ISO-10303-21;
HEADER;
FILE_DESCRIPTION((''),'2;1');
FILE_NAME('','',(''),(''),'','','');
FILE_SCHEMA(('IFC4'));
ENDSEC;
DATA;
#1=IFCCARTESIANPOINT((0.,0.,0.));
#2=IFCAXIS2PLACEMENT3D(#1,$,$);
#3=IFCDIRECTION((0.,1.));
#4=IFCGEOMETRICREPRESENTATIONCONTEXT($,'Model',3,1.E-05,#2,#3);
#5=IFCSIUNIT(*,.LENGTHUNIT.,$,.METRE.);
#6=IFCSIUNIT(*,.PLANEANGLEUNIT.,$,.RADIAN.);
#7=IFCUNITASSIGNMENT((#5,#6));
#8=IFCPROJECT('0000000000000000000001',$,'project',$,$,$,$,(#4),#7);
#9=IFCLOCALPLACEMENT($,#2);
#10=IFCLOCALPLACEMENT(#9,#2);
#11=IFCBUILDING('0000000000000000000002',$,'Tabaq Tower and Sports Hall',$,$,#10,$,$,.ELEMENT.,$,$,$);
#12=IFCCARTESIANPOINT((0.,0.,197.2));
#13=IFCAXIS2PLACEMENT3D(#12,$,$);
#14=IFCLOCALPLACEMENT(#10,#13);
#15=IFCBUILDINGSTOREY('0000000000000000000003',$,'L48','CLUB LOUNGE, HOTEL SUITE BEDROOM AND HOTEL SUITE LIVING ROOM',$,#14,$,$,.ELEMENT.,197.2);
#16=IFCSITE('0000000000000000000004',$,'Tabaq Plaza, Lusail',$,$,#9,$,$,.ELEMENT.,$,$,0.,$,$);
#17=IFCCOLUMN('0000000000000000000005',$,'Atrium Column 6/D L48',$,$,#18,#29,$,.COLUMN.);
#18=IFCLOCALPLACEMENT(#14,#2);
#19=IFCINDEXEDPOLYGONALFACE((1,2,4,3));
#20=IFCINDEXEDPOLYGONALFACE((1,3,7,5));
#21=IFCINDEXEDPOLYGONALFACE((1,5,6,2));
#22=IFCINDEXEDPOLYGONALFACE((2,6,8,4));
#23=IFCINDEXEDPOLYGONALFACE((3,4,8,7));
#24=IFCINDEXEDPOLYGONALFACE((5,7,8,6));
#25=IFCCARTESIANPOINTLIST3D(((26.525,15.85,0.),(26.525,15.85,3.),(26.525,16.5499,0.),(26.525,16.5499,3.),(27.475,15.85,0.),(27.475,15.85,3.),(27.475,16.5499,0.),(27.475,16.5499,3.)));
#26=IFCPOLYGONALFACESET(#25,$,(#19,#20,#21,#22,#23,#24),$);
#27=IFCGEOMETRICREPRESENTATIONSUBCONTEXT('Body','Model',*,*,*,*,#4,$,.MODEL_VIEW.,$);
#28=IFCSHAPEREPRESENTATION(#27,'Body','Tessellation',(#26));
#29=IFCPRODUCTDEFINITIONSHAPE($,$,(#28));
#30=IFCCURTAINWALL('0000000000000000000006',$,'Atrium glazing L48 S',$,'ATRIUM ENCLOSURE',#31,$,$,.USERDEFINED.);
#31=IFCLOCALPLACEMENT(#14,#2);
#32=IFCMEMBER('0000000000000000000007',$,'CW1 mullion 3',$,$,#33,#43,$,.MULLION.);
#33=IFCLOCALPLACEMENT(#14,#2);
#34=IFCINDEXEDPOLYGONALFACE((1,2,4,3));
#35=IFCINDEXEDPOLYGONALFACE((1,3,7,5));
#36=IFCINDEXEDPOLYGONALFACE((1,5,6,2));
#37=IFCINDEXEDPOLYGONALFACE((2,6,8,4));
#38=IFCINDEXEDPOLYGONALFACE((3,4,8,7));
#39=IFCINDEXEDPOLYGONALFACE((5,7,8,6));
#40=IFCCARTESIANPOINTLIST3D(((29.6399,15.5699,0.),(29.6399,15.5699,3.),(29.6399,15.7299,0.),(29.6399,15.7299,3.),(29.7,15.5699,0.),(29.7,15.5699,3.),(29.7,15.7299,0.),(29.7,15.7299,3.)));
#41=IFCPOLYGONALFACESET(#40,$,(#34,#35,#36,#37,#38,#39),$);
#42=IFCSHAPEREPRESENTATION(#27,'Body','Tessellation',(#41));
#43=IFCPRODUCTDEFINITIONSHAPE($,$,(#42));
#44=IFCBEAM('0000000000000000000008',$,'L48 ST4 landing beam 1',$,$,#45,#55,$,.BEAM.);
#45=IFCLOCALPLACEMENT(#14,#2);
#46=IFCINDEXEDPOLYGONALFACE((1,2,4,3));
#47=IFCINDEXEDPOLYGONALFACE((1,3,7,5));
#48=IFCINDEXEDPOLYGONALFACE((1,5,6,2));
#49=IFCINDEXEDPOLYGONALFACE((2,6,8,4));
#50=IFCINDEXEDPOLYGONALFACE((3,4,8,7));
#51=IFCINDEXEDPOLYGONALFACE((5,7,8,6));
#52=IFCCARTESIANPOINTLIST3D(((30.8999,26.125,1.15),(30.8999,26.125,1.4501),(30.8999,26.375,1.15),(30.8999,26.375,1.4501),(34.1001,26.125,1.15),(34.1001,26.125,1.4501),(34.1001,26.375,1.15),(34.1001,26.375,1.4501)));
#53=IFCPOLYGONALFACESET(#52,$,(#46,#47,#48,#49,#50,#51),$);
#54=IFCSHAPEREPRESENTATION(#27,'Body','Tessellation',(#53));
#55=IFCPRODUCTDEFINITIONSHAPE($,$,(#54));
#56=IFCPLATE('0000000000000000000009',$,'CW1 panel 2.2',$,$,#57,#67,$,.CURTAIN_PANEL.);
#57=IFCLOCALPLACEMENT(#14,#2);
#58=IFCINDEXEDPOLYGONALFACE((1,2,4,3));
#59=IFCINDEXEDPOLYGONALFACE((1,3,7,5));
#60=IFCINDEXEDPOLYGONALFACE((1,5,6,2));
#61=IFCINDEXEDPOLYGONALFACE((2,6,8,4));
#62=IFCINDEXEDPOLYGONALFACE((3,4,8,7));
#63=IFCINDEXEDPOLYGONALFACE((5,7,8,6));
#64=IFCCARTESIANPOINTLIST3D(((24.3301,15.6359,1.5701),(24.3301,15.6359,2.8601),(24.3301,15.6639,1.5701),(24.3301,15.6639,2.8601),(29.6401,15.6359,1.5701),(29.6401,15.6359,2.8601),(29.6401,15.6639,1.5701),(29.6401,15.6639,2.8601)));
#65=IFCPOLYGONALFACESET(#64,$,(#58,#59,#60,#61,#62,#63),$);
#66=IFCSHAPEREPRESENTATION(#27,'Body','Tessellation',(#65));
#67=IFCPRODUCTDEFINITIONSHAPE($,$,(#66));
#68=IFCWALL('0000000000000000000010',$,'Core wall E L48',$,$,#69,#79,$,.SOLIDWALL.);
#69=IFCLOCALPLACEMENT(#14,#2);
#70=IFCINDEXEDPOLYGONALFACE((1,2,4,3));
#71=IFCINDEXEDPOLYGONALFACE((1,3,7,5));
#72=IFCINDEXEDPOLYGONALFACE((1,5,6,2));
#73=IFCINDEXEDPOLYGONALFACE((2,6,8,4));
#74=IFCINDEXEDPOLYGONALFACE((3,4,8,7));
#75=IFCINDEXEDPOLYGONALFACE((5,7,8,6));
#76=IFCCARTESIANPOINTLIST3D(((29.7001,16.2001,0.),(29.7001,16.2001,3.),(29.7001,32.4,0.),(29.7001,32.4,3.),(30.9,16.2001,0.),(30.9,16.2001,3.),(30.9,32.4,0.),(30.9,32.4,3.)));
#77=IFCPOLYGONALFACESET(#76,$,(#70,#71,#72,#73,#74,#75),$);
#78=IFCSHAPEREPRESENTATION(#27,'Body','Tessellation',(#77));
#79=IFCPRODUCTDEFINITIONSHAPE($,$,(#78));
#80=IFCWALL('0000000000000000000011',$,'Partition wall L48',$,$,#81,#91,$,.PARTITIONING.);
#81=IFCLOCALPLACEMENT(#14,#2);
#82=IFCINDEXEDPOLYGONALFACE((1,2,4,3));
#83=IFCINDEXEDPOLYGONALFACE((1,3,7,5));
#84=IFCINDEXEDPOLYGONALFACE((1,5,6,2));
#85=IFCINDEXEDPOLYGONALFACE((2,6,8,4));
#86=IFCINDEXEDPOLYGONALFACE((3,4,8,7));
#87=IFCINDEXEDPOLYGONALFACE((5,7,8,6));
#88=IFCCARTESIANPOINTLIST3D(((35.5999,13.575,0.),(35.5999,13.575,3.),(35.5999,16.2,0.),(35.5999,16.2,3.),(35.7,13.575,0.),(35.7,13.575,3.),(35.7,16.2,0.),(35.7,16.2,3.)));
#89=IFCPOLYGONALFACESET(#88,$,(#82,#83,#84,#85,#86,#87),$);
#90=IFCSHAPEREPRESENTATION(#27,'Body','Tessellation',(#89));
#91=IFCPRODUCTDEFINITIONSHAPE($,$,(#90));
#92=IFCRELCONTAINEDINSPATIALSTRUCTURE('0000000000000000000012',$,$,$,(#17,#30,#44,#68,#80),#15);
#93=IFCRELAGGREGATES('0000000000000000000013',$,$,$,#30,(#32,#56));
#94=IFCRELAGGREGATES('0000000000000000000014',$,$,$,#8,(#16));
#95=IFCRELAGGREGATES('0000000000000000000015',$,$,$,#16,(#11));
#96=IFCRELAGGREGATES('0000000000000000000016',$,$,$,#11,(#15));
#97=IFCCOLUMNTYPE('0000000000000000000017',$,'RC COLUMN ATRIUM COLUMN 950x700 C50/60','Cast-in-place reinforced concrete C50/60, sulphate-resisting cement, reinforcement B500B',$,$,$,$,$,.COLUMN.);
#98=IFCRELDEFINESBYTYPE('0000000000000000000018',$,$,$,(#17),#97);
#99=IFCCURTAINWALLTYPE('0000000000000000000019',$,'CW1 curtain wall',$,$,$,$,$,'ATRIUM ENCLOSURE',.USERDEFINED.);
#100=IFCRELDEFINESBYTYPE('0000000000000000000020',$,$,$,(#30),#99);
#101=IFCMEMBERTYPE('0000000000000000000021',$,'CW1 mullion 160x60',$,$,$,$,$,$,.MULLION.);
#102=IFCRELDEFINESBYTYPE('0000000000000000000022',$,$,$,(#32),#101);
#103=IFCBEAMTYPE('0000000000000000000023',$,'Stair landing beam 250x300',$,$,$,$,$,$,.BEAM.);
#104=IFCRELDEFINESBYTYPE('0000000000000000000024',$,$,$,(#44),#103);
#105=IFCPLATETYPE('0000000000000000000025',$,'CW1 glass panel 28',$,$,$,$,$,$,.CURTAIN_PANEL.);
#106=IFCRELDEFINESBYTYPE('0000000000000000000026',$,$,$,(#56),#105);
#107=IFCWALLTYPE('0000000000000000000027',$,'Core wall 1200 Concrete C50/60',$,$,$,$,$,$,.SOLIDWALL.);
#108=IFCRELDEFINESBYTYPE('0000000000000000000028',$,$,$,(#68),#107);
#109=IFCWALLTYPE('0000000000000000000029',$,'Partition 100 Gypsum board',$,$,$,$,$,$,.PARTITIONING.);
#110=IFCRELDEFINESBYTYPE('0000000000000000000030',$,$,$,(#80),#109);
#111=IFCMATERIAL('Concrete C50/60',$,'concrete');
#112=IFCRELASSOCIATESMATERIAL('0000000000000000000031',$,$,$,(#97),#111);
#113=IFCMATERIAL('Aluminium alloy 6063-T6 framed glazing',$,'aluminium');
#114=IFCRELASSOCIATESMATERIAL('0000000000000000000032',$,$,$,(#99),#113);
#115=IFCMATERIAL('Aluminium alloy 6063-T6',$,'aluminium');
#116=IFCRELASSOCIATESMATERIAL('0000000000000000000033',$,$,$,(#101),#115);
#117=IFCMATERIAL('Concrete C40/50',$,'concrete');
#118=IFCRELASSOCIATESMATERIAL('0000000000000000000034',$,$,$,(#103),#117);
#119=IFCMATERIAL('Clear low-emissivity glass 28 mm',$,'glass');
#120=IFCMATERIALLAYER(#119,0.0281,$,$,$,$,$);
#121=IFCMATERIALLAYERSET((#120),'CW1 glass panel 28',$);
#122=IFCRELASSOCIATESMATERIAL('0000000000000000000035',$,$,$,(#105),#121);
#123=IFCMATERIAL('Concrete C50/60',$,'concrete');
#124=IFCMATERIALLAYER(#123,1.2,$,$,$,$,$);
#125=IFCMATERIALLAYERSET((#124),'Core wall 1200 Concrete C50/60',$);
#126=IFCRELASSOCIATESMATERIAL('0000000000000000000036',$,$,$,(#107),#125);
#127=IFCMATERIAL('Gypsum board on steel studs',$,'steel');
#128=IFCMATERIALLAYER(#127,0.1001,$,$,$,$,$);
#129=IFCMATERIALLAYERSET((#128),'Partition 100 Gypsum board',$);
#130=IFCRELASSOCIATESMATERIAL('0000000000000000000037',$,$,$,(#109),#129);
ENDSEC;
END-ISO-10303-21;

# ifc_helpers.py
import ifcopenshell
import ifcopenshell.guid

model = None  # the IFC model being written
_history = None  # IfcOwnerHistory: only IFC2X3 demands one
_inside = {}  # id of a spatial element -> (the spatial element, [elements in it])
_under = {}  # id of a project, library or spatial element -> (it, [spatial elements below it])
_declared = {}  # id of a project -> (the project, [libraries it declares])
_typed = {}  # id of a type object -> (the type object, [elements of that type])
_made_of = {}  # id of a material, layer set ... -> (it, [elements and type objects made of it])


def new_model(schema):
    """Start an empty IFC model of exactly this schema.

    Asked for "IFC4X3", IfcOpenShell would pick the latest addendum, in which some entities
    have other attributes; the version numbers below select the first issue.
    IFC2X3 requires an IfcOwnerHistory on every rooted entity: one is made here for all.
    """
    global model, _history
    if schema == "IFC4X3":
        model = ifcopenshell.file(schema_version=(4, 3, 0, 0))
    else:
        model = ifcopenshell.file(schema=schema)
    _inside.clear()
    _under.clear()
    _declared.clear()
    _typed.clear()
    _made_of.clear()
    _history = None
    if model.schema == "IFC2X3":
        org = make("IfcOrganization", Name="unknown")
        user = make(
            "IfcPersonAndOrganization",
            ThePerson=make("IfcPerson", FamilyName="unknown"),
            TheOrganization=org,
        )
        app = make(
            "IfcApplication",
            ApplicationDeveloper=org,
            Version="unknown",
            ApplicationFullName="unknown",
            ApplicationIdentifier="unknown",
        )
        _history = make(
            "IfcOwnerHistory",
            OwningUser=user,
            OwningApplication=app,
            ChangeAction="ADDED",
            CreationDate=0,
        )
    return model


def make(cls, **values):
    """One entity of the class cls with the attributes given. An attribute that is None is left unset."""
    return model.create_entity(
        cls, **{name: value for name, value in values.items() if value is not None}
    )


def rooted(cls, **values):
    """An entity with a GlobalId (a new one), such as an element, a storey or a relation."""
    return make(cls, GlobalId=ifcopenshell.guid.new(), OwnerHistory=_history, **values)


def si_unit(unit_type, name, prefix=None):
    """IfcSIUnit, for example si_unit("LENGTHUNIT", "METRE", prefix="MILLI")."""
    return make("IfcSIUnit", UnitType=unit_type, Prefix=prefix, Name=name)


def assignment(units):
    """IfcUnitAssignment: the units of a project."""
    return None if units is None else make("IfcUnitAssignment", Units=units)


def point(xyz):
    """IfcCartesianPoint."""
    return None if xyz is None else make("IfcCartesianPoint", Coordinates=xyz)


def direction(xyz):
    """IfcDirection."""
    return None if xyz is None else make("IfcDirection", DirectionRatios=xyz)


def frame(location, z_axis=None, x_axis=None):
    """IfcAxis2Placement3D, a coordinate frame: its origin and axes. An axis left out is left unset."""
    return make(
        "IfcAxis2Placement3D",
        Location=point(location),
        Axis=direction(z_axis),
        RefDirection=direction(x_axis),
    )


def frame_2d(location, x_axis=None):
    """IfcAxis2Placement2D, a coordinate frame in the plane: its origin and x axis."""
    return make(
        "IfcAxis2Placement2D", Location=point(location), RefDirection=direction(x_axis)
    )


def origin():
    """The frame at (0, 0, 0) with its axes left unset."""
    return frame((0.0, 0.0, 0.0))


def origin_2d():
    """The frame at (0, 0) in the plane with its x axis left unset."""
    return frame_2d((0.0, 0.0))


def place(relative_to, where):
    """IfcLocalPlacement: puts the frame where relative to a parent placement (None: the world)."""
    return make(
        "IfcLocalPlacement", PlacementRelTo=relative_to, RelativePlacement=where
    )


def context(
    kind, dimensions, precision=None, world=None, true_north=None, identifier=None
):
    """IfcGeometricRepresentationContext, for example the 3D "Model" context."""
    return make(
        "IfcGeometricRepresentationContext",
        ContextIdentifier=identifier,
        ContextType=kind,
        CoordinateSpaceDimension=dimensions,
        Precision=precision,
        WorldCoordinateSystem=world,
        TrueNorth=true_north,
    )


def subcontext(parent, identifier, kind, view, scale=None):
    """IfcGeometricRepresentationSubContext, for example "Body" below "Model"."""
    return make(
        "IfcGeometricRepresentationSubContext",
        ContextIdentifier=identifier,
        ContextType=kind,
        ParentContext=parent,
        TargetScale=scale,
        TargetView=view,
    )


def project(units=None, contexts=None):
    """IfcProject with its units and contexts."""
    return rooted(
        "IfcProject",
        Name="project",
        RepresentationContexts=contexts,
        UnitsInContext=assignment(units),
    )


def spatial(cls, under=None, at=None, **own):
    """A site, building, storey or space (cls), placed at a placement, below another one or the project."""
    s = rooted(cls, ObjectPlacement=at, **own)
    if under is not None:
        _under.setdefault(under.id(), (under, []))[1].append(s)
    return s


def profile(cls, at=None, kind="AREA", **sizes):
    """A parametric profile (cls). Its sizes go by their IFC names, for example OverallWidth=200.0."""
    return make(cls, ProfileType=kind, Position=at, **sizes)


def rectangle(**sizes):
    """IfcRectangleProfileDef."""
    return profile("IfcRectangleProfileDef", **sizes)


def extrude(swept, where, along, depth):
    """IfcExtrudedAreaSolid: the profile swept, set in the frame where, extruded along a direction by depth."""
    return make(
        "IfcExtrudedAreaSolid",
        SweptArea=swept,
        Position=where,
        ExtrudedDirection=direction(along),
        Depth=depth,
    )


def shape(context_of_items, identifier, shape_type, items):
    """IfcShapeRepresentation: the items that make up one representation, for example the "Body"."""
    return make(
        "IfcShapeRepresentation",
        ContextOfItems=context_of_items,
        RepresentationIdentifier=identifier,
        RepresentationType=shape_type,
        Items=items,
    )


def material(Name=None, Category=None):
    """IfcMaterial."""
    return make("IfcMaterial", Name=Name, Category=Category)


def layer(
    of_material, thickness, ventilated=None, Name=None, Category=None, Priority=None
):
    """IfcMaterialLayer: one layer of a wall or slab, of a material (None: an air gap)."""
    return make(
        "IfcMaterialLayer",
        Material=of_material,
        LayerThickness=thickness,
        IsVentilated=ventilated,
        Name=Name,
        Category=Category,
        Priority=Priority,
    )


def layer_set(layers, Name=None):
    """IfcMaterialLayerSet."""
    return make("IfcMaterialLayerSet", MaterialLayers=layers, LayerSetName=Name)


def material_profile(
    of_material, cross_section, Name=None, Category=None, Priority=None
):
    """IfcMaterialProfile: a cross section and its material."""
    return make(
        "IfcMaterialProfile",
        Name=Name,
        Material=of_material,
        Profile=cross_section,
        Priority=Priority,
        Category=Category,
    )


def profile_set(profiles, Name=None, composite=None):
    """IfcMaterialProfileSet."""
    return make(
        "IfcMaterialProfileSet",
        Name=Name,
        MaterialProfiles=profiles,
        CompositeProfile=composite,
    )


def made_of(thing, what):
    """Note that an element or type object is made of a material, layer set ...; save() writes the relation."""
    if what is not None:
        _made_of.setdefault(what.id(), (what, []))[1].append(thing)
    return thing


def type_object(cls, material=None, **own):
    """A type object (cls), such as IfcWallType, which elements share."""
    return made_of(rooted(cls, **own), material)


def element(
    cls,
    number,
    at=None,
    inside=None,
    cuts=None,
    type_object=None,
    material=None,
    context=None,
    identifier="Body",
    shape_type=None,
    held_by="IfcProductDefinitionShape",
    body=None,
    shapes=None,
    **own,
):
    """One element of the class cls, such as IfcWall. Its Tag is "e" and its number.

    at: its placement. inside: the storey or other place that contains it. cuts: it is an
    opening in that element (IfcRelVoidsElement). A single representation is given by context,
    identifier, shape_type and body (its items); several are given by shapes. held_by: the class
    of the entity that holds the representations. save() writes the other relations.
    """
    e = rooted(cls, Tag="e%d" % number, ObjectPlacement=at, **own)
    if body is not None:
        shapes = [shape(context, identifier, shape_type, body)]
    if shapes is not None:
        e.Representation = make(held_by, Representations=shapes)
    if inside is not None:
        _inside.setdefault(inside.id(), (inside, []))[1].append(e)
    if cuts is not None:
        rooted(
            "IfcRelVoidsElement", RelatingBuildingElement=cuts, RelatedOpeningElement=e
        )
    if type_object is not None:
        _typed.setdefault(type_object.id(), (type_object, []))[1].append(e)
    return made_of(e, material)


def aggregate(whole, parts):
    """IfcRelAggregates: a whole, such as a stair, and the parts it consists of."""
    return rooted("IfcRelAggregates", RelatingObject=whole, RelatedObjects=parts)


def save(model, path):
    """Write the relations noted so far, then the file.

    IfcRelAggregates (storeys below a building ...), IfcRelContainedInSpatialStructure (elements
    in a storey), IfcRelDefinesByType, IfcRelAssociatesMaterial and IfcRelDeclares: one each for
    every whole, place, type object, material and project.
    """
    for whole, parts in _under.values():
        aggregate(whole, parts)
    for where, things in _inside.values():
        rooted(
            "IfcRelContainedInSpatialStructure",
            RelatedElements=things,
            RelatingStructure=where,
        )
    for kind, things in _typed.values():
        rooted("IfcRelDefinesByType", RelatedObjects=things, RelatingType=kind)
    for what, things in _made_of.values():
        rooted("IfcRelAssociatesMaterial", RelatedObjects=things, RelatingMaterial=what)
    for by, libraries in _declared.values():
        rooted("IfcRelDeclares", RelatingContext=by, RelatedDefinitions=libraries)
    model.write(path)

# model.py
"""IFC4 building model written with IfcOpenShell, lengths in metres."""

from ifc_helpers import new_model, si_unit, direction, frame, frame_2d, origin, origin_2d, place, context, subcontext, project, spatial, rectangle, extrude, material, layer, layer_set, material_profile, profile_set, type_object, element, aggregate, save


model = new_model("IFC4")

# Units and contexts
model_context = context("Model", 3, precision=1e-05, world=origin(), true_north=direction((0.0, 1.0)))
body_context = subcontext(model_context, "Body", "Model", "MODEL_VIEW")
ifc_project = project(units=[si_unit("LENGTHUNIT", "METRE"), si_unit("PLANEANGLEUNIT", "RADIAN")], contexts=[model_context])

# Site, building, storey
site_placement = place(None, origin())
site = spatial("IfcSite", under=ifc_project, at=site_placement, Name="Tabaq Plaza, Lusail", CompositionType="ELEMENT", RefElevation=0.0)
building_placement = place(site_placement, origin())
building = spatial("IfcBuilding", under=site, at=building_placement, Name="Tabaq Tower and Sports Hall", CompositionType="ELEMENT")
storey_placement = place(building_placement, frame((0.0, 0.0, 197.2)))
storey = spatial("IfcBuildingStorey", under=building, at=storey_placement, Name="L48", Description="CLUB LOUNGE, HOTEL SUITE BEDROOM AND HOTEL SUITE LIVING ROOM", CompositionType="ELEMENT", Elevation=197.2)

# Column
ifc_material_1 = material(Name="Concrete C50/60", Category="concrete")
ifc_material_profile_1 = material_profile(ifc_material_1, rectangle(XDim=0.95, YDim=0.7, at=origin_2d()), Name="ATRIUM COLUMN 950x700")
ifc_profile_set_1 = profile_set([ifc_material_profile_1], Name="Concrete C50/60")
column_type = type_object("IfcColumnType", Name="RC COLUMN ATRIUM COLUMN 950x700 C50/60", Description="Cast-in-place reinforced concrete C50/60, sulphate-resisting cement, reinforcement B500B", PredefinedType="COLUMN", material=ifc_profile_set_1)
column_placement = place(storey_placement, frame((27.0, 16.2, 0.0), z_axis=(0.0, 0.0, 1.0), x_axis=(1.0, 0.0, 0.0)))
element("IfcColumn", 1, at=column_placement, inside=storey, type_object=column_type, Name="Atrium Column 6/D L48", PredefinedType="COLUMN", context=body_context, shape_type="SweptSolid", body=[
    extrude(rectangle(XDim=0.95, YDim=0.7, at=origin_2d()), origin(), (0.0, 0.0, 1.0), 3.0),
])

# Curtain wall, member
ifc_material_2 = material(Name="Aluminium alloy 6063-T6 framed glazing", Category="aluminium")
curtain_wall_type = type_object("IfcCurtainWallType", Name="CW1 curtain wall", ElementType="ATRIUM ENCLOSURE", PredefinedType="USERDEFINED", material=ifc_material_2)
curtain_wall_placement = place(storey_placement, origin())
curtain_wall = element("IfcCurtainWall", 2, at=curtain_wall_placement, inside=storey, type_object=curtain_wall_type, Name="Atrium glazing L48 S", ObjectType="ATRIUM ENCLOSURE", PredefinedType="USERDEFINED")
ifc_material_3 = material(Name="Aluminium alloy 6063-T6", Category="aluminium")
ifc_material_profile_2 = material_profile(ifc_material_3, rectangle(XDim=0.1599, YDim=0.0601, at=origin_2d()), Name="MULLION 160x60")
ifc_profile_set_2 = profile_set([ifc_material_profile_2], Name="Aluminium alloy 6063-T6")
member_type = type_object("IfcMemberType", Name="CW1 mullion 160x60", PredefinedType="MULLION", material=ifc_profile_set_2)
member_placement = place(storey_placement, frame((29.6699, 15.6499, 0.0), z_axis=(0.0, 0.0, 1.0), x_axis=(0.0, 1.0, 0.0)))
member = element("IfcMember", 3, at=member_placement, type_object=member_type, Name="CW1 mullion 3", PredefinedType="MULLION", context=body_context, shape_type="SweptSolid", body=[
    extrude(rectangle(XDim=0.1599, YDim=0.0601, at=origin_2d()), origin(), (0.0, 0.0, 1.0), 3.0),
])

# Beam
ifc_material_4 = material(Name="Concrete C40/50", Category="concrete")
ifc_material_profile_3 = material_profile(ifc_material_4, rectangle(XDim=0.25, YDim=0.3, at=origin_2d()), Name="RC 250x300")
ifc_profile_set_3 = profile_set([ifc_material_profile_3], Name="Concrete C40/50")
beam_type = type_object("IfcBeamType", Name="Stair landing beam 250x300", PredefinedType="BEAM", material=ifc_profile_set_3)
beam_placement = place(storey_placement, frame((30.8999, 26.25, 1.3), z_axis=(1.0, 0.0, 0.0), x_axis=(0.0, 1.0, 0.0)))
element("IfcBeam", 4, at=beam_placement, inside=storey, type_object=beam_type, Name="L48 ST4 landing beam 1", PredefinedType="BEAM", context=body_context, shape_type="SweptSolid", body=[
    extrude(rectangle(XDim=0.25, YDim=0.3, at=origin_2d()), origin(), (0.0, 0.0, 1.0), 3.2002),
])

# Plate
ifc_material_5 = material(Name="Clear low-emissivity glass 28 mm", Category="glass")
ifc_layer_1 = layer(ifc_material_5, 0.0281)
ifc_layer_set_1 = layer_set([ifc_layer_1], Name="CW1 glass panel 28")
plate_type = type_object("IfcPlateType", Name="CW1 glass panel 28", PredefinedType="CURTAIN_PANEL", material=ifc_layer_set_1)
plate_placement = place(storey_placement, frame((26.9851, 15.6499, 1.5701), z_axis=(0.0, 0.0, 1.0), x_axis=(1.0, 0.0, 0.0)))
plate = element("IfcPlate", 5, at=plate_placement, type_object=plate_type, Name="CW1 panel 2.2", PredefinedType="CURTAIN_PANEL", context=body_context, shape_type="SweptSolid", body=[
    extrude(rectangle(XDim=5.3101, YDim=0.0281, at=origin_2d()), origin(), (0.0, 0.0, 1.0), 1.29),
])
aggregate(curtain_wall, [member, plate])

# Walls
ifc_material_6 = material(Name="Concrete C50/60", Category="concrete")
ifc_layer_2 = layer(ifc_material_6, 1.2)
ifc_layer_set_2 = layer_set([ifc_layer_2], Name="Core wall 1200 Concrete C50/60")
wall_type_1 = type_object("IfcWallType", Name="Core wall 1200 Concrete C50/60", PredefinedType="SOLIDWALL", material=ifc_layer_set_2)
wall_1_placement = place(storey_placement, frame((30.3, 16.2, 0.0), z_axis=(0.0, 0.0, 1.0), x_axis=(0.0, 1.0, 0.0)))
element("IfcWall", 6, at=wall_1_placement, inside=storey, type_object=wall_type_1, Name="Core wall E L48", PredefinedType="SOLIDWALL", context=body_context, shape_type="SweptSolid", body=[
    extrude(rectangle(XDim=16.2, YDim=1.2, at=frame_2d((8.1001, 0.0))), origin(), (0.0, 0.0, 1.0), 3.0),
])
ifc_material_7 = material(Name="Gypsum board on steel studs", Category="steel")
ifc_layer_3 = layer(ifc_material_7, 0.1001)
ifc_layer_set_3 = layer_set([ifc_layer_3], Name="Partition 100 Gypsum board")
wall_type_2 = type_object("IfcWallType", Name="Partition 100 Gypsum board", PredefinedType="PARTITIONING", material=ifc_layer_set_3)
wall_2_placement = place(storey_placement, frame((35.6499, 16.2, 0.0), z_axis=(0.0, 0.0, 1.0), x_axis=(0.0, -1.0, 0.0)))
element("IfcWall", 7, at=wall_2_placement, inside=storey, type_object=wall_type_2, Name="Partition wall L48", PredefinedType="PARTITIONING", context=body_context, shape_type="SweptSolid", body=[
    extrude(rectangle(XDim=2.625, YDim=0.1001, at=frame_2d((1.3125, 0.0))), origin(), (0.0, 0.0, 1.0), 3.0),
])

save(model, "model.ifc")
